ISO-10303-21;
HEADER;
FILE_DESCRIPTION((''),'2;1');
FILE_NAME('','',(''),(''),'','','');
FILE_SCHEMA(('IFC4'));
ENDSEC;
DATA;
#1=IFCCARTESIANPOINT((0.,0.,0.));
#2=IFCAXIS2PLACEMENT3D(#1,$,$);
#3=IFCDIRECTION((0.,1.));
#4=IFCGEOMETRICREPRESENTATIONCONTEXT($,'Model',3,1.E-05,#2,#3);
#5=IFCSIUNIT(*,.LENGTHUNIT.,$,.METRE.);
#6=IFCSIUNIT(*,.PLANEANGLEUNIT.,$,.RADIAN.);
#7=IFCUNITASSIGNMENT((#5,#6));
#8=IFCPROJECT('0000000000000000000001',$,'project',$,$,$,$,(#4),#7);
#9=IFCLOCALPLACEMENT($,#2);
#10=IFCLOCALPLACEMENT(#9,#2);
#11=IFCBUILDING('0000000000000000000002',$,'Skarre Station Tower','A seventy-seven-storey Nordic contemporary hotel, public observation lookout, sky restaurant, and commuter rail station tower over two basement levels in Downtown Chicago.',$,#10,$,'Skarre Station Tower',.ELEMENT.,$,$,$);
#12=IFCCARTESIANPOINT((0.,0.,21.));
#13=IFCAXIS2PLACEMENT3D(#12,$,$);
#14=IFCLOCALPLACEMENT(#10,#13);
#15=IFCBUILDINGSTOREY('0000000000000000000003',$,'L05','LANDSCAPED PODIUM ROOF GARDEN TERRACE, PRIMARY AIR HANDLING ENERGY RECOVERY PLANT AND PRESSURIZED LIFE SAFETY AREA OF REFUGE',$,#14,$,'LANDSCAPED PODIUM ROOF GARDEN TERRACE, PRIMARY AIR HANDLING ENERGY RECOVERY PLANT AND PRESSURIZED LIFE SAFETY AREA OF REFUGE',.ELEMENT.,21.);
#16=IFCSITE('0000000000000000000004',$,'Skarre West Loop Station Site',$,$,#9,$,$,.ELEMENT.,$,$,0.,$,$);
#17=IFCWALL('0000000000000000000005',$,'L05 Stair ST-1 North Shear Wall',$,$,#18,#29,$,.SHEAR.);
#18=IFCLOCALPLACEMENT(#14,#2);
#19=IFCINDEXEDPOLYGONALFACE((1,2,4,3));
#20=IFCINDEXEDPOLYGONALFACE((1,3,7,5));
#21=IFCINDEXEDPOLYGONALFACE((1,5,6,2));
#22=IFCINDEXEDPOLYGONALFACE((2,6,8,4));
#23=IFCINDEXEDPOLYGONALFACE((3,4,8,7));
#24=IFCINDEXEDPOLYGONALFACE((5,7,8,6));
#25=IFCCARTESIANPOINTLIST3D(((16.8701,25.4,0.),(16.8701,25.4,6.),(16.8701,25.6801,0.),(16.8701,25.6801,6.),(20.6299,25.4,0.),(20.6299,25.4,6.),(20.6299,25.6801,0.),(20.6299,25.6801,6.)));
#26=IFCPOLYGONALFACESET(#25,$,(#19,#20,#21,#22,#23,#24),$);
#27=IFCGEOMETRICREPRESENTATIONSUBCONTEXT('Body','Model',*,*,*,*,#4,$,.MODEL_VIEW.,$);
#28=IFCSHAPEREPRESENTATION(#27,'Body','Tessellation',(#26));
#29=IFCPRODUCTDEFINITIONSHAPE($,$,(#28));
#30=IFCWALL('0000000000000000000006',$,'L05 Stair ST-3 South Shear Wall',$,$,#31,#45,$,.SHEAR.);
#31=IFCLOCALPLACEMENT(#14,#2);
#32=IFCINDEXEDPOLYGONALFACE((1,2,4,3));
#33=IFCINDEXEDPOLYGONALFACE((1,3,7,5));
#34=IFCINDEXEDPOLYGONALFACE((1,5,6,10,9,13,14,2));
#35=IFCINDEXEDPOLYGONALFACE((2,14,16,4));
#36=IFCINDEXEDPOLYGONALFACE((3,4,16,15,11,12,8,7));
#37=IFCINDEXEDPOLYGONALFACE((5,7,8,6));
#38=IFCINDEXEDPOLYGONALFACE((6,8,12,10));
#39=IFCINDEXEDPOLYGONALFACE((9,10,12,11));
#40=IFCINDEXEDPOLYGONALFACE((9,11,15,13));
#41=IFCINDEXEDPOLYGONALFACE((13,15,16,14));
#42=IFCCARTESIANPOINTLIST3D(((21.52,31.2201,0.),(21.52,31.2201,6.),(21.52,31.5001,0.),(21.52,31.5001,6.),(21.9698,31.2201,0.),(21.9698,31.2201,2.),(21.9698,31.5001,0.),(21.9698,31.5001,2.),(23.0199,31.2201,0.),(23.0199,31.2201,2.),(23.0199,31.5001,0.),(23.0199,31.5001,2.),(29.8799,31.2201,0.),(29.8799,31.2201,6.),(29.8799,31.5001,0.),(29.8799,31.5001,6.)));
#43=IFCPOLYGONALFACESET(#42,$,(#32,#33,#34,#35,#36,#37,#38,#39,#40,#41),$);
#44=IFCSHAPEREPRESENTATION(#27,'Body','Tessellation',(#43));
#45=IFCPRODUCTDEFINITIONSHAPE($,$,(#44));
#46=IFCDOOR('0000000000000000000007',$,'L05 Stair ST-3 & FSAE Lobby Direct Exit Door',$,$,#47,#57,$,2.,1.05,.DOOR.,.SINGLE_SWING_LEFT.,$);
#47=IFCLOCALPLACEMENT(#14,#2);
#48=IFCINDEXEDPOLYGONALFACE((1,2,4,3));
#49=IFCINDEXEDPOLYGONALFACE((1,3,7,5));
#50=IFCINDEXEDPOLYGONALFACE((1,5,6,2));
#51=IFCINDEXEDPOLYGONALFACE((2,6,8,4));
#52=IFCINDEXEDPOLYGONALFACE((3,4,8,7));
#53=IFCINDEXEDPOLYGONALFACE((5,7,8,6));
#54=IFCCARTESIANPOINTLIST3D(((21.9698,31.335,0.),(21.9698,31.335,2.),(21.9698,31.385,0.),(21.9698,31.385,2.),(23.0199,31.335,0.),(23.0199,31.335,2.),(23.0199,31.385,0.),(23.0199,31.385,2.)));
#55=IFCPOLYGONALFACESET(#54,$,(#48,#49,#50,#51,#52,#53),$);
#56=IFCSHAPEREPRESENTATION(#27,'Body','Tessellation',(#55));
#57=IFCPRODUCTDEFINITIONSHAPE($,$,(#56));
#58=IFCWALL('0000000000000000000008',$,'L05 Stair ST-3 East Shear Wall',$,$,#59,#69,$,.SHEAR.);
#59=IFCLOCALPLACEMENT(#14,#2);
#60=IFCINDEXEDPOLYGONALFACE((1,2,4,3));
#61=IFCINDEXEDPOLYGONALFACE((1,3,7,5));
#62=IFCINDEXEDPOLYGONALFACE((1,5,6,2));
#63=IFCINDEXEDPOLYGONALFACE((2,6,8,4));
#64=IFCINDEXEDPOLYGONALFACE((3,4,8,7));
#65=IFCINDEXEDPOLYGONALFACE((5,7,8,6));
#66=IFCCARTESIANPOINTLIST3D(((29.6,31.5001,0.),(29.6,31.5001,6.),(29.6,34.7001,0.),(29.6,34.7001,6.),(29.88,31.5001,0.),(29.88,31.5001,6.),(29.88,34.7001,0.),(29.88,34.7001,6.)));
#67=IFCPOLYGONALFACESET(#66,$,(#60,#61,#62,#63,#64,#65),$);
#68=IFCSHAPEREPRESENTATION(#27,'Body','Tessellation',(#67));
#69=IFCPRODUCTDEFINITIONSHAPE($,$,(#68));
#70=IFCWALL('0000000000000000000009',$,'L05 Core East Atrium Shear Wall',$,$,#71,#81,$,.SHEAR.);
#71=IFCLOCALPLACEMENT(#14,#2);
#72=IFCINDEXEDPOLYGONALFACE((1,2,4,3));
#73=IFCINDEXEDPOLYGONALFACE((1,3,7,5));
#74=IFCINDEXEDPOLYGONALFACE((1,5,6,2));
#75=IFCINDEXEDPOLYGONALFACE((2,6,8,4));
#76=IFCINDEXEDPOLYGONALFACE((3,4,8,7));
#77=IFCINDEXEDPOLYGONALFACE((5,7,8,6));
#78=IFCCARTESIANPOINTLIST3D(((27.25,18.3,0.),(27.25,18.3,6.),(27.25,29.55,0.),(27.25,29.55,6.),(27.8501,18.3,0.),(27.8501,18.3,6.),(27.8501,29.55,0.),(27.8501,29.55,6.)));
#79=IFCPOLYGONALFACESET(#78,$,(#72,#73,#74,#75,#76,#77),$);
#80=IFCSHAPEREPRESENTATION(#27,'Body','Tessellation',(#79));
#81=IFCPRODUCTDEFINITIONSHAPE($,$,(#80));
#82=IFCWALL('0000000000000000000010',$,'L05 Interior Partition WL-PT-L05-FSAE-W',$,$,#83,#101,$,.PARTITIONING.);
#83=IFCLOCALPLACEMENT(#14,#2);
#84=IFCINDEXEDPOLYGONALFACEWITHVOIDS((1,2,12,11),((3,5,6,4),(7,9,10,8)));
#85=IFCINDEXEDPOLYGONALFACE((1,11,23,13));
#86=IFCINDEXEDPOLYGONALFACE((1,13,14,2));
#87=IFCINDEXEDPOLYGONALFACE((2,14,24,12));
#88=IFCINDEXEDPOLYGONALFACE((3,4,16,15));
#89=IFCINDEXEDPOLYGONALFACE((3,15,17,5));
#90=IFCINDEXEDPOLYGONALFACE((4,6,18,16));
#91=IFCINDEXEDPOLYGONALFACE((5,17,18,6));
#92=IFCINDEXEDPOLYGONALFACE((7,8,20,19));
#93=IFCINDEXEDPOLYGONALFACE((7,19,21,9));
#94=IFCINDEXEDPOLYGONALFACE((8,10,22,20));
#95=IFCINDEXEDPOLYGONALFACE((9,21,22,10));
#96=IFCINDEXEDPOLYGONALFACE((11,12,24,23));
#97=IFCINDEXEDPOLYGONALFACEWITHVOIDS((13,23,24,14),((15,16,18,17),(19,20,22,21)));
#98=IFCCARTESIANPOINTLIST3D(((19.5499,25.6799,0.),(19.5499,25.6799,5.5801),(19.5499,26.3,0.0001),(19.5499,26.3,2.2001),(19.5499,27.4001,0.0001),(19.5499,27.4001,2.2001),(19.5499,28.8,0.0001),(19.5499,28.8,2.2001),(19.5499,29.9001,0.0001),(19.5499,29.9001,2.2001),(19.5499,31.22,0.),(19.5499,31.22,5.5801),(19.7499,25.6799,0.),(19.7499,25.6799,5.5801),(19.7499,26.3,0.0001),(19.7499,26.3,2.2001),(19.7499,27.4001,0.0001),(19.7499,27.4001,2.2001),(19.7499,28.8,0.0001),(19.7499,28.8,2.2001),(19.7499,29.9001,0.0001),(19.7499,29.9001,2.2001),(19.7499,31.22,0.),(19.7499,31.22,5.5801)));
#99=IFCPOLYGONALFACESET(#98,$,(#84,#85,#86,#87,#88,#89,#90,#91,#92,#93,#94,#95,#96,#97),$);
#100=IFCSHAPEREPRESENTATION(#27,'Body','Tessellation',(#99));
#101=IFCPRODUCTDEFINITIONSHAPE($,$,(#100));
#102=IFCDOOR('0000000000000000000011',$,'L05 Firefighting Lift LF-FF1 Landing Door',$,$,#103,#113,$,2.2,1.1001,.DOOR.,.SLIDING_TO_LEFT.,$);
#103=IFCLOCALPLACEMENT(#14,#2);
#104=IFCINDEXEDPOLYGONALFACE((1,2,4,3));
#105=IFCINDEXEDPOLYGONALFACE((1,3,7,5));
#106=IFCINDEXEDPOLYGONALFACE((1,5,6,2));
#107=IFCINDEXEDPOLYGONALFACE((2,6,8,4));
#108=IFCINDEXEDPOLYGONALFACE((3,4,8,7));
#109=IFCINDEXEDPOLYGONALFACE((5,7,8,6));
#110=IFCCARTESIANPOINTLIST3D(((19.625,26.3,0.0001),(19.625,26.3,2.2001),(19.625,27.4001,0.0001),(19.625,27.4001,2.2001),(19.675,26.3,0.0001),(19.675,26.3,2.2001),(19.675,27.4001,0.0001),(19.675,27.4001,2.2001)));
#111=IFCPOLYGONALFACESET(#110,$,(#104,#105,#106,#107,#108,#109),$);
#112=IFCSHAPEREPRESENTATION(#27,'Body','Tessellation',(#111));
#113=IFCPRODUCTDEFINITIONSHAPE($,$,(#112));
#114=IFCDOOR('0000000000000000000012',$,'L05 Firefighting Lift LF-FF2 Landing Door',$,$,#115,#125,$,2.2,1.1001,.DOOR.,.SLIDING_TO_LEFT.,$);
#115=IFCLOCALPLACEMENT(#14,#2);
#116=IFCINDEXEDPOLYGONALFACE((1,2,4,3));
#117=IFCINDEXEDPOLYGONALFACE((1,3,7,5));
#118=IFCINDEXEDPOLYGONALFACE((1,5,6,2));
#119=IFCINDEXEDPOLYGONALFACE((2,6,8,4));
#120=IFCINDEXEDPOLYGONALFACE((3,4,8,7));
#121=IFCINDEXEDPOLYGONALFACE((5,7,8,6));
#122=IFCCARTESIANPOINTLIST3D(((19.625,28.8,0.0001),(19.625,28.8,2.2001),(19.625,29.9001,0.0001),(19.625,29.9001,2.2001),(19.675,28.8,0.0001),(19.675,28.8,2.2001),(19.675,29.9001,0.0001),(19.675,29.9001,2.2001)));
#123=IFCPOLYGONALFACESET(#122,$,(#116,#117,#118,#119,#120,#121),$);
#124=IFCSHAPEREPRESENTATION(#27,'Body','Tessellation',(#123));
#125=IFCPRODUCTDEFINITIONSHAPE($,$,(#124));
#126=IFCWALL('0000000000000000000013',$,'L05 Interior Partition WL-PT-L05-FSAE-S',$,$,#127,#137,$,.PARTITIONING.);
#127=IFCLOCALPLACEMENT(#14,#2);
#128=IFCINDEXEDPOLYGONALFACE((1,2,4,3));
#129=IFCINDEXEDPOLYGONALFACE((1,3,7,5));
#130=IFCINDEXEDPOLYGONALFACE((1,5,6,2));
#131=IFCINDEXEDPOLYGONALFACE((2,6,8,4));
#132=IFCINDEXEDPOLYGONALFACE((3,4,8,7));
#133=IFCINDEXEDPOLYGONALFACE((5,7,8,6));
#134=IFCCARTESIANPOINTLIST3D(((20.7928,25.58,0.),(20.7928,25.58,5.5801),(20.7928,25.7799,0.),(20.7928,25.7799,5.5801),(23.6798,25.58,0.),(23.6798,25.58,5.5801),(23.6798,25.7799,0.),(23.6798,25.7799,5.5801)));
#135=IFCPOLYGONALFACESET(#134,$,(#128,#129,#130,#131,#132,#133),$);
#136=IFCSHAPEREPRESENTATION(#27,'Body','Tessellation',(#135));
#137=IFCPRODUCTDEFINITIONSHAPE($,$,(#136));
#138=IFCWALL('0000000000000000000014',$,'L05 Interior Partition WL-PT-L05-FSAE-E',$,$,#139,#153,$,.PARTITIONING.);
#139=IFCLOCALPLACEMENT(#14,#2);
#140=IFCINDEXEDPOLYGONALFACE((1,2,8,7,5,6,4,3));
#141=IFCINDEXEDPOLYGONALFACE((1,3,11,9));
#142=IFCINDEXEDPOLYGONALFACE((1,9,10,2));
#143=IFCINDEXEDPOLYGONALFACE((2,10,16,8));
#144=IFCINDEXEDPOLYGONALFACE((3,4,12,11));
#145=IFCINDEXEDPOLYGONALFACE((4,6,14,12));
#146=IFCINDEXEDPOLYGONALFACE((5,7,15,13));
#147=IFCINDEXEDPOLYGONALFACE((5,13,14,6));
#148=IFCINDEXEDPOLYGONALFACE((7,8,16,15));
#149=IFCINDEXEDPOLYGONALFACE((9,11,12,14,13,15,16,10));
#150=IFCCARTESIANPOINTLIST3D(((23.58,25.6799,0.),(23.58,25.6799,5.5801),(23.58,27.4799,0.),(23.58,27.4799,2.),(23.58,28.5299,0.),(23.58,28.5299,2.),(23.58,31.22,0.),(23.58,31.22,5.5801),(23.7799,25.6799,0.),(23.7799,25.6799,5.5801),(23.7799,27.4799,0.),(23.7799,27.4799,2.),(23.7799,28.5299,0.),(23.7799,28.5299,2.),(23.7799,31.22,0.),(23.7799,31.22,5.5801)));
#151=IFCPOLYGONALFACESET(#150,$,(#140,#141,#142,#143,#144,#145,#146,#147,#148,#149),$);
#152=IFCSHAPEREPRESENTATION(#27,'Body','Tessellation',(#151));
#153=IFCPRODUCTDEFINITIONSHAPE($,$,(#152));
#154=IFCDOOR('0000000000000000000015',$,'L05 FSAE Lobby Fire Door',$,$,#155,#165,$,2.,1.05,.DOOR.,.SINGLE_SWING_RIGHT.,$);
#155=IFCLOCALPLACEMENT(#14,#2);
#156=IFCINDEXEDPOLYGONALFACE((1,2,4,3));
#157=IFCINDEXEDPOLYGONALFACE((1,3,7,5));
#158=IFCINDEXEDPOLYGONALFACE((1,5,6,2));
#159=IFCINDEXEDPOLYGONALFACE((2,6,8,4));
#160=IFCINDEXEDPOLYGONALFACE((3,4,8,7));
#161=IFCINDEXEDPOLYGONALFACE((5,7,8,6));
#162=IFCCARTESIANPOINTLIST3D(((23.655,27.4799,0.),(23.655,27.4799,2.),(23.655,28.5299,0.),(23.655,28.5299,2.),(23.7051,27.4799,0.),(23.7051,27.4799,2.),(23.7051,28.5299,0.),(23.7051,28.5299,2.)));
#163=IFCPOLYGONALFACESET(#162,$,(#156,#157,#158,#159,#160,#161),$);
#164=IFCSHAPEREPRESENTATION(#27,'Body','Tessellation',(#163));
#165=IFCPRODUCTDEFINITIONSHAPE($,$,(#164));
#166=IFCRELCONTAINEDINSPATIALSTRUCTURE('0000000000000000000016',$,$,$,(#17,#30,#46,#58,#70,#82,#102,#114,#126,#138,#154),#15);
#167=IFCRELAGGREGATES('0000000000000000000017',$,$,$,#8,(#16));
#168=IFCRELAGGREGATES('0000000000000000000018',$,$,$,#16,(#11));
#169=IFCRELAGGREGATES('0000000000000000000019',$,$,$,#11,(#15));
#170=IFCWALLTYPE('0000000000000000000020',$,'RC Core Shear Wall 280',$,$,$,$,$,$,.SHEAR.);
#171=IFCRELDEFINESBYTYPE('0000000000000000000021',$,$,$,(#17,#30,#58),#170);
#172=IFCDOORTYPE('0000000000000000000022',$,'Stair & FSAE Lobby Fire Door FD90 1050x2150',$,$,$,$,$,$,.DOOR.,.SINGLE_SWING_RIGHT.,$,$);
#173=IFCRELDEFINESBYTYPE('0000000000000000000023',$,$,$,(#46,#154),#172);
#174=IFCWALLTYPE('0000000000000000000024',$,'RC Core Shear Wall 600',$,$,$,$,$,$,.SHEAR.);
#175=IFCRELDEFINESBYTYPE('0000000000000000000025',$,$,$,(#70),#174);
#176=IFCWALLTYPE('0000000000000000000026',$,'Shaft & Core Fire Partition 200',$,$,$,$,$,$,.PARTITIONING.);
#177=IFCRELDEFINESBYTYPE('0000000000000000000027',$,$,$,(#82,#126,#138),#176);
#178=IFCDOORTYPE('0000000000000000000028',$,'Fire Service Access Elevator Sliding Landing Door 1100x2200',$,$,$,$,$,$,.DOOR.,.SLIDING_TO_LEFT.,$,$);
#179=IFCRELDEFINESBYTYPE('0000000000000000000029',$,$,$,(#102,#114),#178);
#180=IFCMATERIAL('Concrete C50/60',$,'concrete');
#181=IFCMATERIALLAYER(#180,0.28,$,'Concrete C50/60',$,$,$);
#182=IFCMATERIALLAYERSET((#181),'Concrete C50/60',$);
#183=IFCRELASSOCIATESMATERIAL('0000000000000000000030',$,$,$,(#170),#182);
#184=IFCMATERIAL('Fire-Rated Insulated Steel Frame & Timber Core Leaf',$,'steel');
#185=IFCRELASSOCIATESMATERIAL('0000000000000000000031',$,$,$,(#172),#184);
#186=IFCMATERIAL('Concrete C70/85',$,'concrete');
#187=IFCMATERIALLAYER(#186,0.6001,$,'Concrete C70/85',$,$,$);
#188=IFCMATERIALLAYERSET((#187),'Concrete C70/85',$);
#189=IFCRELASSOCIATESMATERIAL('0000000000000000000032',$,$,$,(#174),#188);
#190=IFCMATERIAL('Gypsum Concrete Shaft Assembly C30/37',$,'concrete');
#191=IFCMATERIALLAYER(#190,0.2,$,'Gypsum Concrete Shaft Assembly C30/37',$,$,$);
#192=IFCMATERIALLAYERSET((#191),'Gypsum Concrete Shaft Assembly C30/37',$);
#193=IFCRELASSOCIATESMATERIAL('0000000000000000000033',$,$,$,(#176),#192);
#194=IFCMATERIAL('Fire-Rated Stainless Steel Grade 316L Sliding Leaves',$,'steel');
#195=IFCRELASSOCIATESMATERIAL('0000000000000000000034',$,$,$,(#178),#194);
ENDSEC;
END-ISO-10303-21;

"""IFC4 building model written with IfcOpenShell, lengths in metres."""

from ifc_helpers import new_model, si_unit, direction, frame, frame_2d, origin, place, context, subcontext, project, spatial, rectangle, extrude, material, layer, layer_set, type_object, element, fill, save


model = new_model("IFC4")

# Units and contexts
model_context = context("Model", 3, precision=1e-05, world=origin(), true_north=direction((0.0, 1.0)))
body_context = subcontext(model_context, "Body", "Model", "MODEL_VIEW")
ifc_project = project(units=[si_unit("LENGTHUNIT", "METRE"), si_unit("PLANEANGLEUNIT", "RADIAN")], contexts=[model_context])

# Site, building, storey
site_placement = place(None, origin())
site = spatial("IfcSite", under=ifc_project, at=site_placement, Name="Skarre West Loop Station Site", CompositionType="ELEMENT", RefElevation=0.0)
building_placement = place(site_placement, origin())
building = spatial("IfcBuilding", under=site, at=building_placement, Name="Skarre Station Tower", Description="A seventy-seven-storey Nordic contemporary hotel, public observation lookout, sky restaurant, and commuter rail station tower over two basement levels in Downtown Chicago.", LongName="Skarre Station Tower", CompositionType="ELEMENT")
storey_placement = place(building_placement, frame((0.0, 0.0, 21.0)))
storey = spatial("IfcBuildingStorey", under=building, at=storey_placement, Name="L05", Description="LANDSCAPED PODIUM ROOF GARDEN TERRACE, PRIMARY AIR HANDLING ENERGY RECOVERY PLANT AND PRESSURIZED LIFE SAFETY AREA OF REFUGE", LongName="LANDSCAPED PODIUM ROOF GARDEN TERRACE, PRIMARY AIR HANDLING ENERGY RECOVERY PLANT AND PRESSURIZED LIFE SAFETY AREA OF REFUGE", CompositionType="ELEMENT", Elevation=21.0)

# Wall
ifc_material_1 = material(Name="Concrete C50/60", Category="concrete")
ifc_layer_1 = layer(ifc_material_1, 0.28, Name="Concrete C50/60")
ifc_layer_set_1 = layer_set([ifc_layer_1], Name="Concrete C50/60")
wall_type_1 = type_object("IfcWallType", Name="RC Core Shear Wall 280", PredefinedType="SHEAR", material=ifc_layer_set_1)
wall_1_placement = place(storey_placement, frame((20.6299, 25.54, 0.0), z_axis=(0.0, 0.0, 1.0), x_axis=(-1.0, 0.0, 0.0)))
element("IfcWall", 1, at=wall_1_placement, inside=storey, type_object=wall_type_1, Name="L05 Stair ST-1 North Shear Wall", PredefinedType="SHEAR", context=body_context, shape_type="SweptSolid", body=[
    extrude(rectangle(XDim=3.7598, YDim=0.28, at=frame_2d((1.8799, 0.0))), origin(), (0.0, 0.0, 1.0), 6.0),
])

# Wall, opening, door
wall_2_placement = place(storey_placement, frame((21.52, 31.3601, 0.0), z_axis=(0.0, 0.0, 1.0), x_axis=(1.0, 0.0, 0.0)))
wall_2 = element("IfcWall", 2, at=wall_2_placement, inside=storey, type_object=wall_type_1, Name="L05 Stair ST-3 South Shear Wall", PredefinedType="SHEAR", context=body_context, shape_type="SweptSolid", body=[
    extrude(rectangle(XDim=8.3599, YDim=0.28, at=frame_2d((4.1799, 0.0))), origin(), (0.0, 0.0, 1.0), 6.0),
])
opening_1_placement = place(wall_2_placement, frame((0.45, 0.0, 0.0)))
opening_1 = element("IfcOpeningElement", 3, at=opening_1_placement, cuts=wall_2, PredefinedType="OPENING", context=body_context, shape_type="SweptSolid", body=[
    extrude(rectangle(XDim=1.05, YDim=2.0, at=frame_2d((0.5249, 1.0))), frame((0.0, 0.1499, 0.0), z_axis=(0.0, -1.0, 0.0), x_axis=(1.0, 0.0, 0.0)), (0.0, 0.0, 1.0), 0.3),
])
ifc_material_2 = material(Name="Fire-Rated Insulated Steel Frame & Timber Core Leaf", Category="steel")
door_type_1 = type_object("IfcDoorType", Name="Stair & FSAE Lobby Fire Door FD90 1050x2150", OperationType="SINGLE_SWING_RIGHT", PredefinedType="DOOR", material=ifc_material_2)
door_1_placement = place(opening_1_placement, origin())
door_1 = element("IfcDoor", 4, at=door_1_placement, inside=storey, type_object=door_type_1, Name="L05 Stair ST-3 & FSAE Lobby Direct Exit Door", OperationType="SINGLE_SWING_LEFT", OverallHeight=2.0, OverallWidth=1.05, PredefinedType="DOOR", context=body_context, shape_type="SweptSolid", body=[
    extrude(rectangle(XDim=1.05, YDim=2.0, at=frame_2d((0.5249, 1.0))), frame((0.0, 0.0249, 0.0), z_axis=(0.0, -1.0, 0.0), x_axis=(1.0, 0.0, 0.0)), (0.0, 0.0, 1.0), 0.05),
])
fill(opening_1, door_1)

# Walls
wall_3_placement = place(storey_placement, frame((29.74, 31.5, 0.0), z_axis=(0.0, 0.0, 1.0), x_axis=(0.0, 1.0, 0.0)))
element("IfcWall", 5, at=wall_3_placement, inside=storey, type_object=wall_type_1, Name="L05 Stair ST-3 East Shear Wall", PredefinedType="SHEAR", context=body_context, shape_type="SweptSolid", body=[
    extrude(rectangle(XDim=3.2, YDim=0.28, at=frame_2d((1.6001, 0.0))), origin(), (0.0, 0.0, 1.0), 6.0),
])
ifc_material_3 = material(Name="Concrete C70/85", Category="concrete")
ifc_layer_2 = layer(ifc_material_3, 0.6001, Name="Concrete C70/85")
ifc_layer_set_2 = layer_set([ifc_layer_2], Name="Concrete C70/85")
wall_type_2 = type_object("IfcWallType", Name="RC Core Shear Wall 600", PredefinedType="SHEAR", material=ifc_layer_set_2)
wall_4_placement = place(storey_placement, frame((27.55, 29.55, 0.0), z_axis=(0.0, 0.0, 1.0), x_axis=(0.0, -1.0, 0.0)))
element("IfcWall", 6, at=wall_4_placement, inside=storey, type_object=wall_type_2, Name="L05 Core East Atrium Shear Wall", PredefinedType="SHEAR", context=body_context, shape_type="SweptSolid", body=[
    extrude(rectangle(XDim=11.25, YDim=0.6001, at=frame_2d((5.625, 0.0))), origin(), (0.0, 0.0, 1.0), 6.0),
])

# Wall, openings, doors
ifc_material_4 = material(Name="Gypsum Concrete Shaft Assembly C30/37", Category="concrete")
ifc_layer_3 = layer(ifc_material_4, 0.2, Name="Gypsum Concrete Shaft Assembly C30/37")
ifc_layer_set_3 = layer_set([ifc_layer_3], Name="Gypsum Concrete Shaft Assembly C30/37")
wall_type_3 = type_object("IfcWallType", Name="Shaft & Core Fire Partition 200", PredefinedType="PARTITIONING", material=ifc_layer_set_3)
wall_5_placement = place(storey_placement, frame((19.6499, 25.6799, 0.0), z_axis=(0.0, 0.0, 1.0), x_axis=(0.0, 1.0, 0.0)))
wall_5 = element("IfcWall", 7, at=wall_5_placement, inside=storey, type_object=wall_type_3, Name="L05 Interior Partition WL-PT-L05-FSAE-W", PredefinedType="PARTITIONING", context=body_context, shape_type="SweptSolid", body=[
    extrude(rectangle(XDim=5.54, YDim=0.2, at=frame_2d((2.77, 0.0))), origin(), (0.0, 0.0, 1.0), 5.5801),
])
opening_2_placement = place(wall_5_placement, frame((0.6201, 0.0, 0.0)))
opening_2 = element("IfcOpeningElement", 8, at=opening_2_placement, cuts=wall_5, PredefinedType="OPENING", context=body_context, shape_type="SweptSolid", body=[
    extrude(rectangle(XDim=1.1001, YDim=2.2, at=frame_2d((0.55, 1.1001))), frame((0.0, 0.1099, 0.0), z_axis=(0.0, -1.0, 0.0), x_axis=(1.0, 0.0, 0.0)), (0.0, 0.0, 1.0), 0.22),
])
opening_3_placement = place(wall_5_placement, frame((3.1201, 0.0, 0.0)))
opening_3 = element("IfcOpeningElement", 9, at=opening_3_placement, cuts=wall_5, PredefinedType="OPENING", context=body_context, shape_type="SweptSolid", body=[
    extrude(rectangle(XDim=1.1001, YDim=2.2, at=frame_2d((0.55, 1.1001))), frame((0.0, 0.1099, 0.0), z_axis=(0.0, -1.0, 0.0), x_axis=(1.0, 0.0, 0.0)), (0.0, 0.0, 1.0), 0.22),
])
ifc_material_5 = material(Name="Fire-Rated Stainless Steel Grade 316L Sliding Leaves", Category="steel")
door_type_2 = type_object("IfcDoorType", Name="Fire Service Access Elevator Sliding Landing Door 1100x2200", OperationType="SLIDING_TO_LEFT", PredefinedType="DOOR", material=ifc_material_5)
door_2_placement = place(opening_2_placement, origin())
door_2 = element("IfcDoor", 10, at=door_2_placement, inside=storey, type_object=door_type_2, Name="L05 Firefighting Lift LF-FF1 Landing Door", OperationType="SLIDING_TO_LEFT", OverallHeight=2.2, OverallWidth=1.1001, PredefinedType="DOOR", context=body_context, shape_type="SweptSolid", body=[
    extrude(rectangle(XDim=1.1001, YDim=2.2, at=frame_2d((0.55, 1.1001))), frame((0.0, 0.0249, 0.0), z_axis=(0.0, -1.0, 0.0), x_axis=(1.0, 0.0, 0.0)), (0.0, 0.0, 1.0), 0.05),
])
fill(opening_2, door_2)
door_3_placement = place(opening_3_placement, origin())
door_3 = element("IfcDoor", 11, at=door_3_placement, inside=storey, type_object=door_type_2, Name="L05 Firefighting Lift LF-FF2 Landing Door", OperationType="SLIDING_TO_LEFT", OverallHeight=2.2, OverallWidth=1.1001, PredefinedType="DOOR", context=body_context, shape_type="SweptSolid", body=[
    extrude(rectangle(XDim=1.1001, YDim=2.2, at=frame_2d((0.55, 1.1001))), frame((0.0, 0.0249, 0.0), z_axis=(0.0, -1.0, 0.0), x_axis=(1.0, 0.0, 0.0)), (0.0, 0.0, 1.0), 0.05),
])
fill(opening_3, door_3)

# Wall
wall_6_placement = place(storey_placement, frame((20.793, 25.6799, 0.0), z_axis=(0.0, 0.0, 1.0), x_axis=(1.0, 0.0, 0.0)))
element("IfcWall", 12, at=wall_6_placement, inside=storey, type_object=wall_type_3, Name="L05 Interior Partition WL-PT-L05-FSAE-S", PredefinedType="PARTITIONING", context=body_context, shape_type="SweptSolid", body=[
    extrude(rectangle(XDim=2.887, YDim=0.2, at=frame_2d((1.4434, 0.0))), origin(), (0.0, 0.0, 1.0), 5.5801),
])

# Wall, opening, door
wall_7_placement = place(storey_placement, frame((23.6799, 25.6799, 0.0), z_axis=(0.0, 0.0, 1.0), x_axis=(0.0, 1.0, 0.0)))
wall_7 = element("IfcWall", 13, at=wall_7_placement, inside=storey, type_object=wall_type_3, Name="L05 Interior Partition WL-PT-L05-FSAE-E", PredefinedType="PARTITIONING", context=body_context, shape_type="SweptSolid", body=[
    extrude(rectangle(XDim=5.54, YDim=0.2, at=frame_2d((2.77, 0.0))), origin(), (0.0, 0.0, 1.0), 5.5801),
])
opening_4_placement = place(wall_7_placement, frame((1.8, 0.0, 0.0)))
opening_4 = element("IfcOpeningElement", 14, at=opening_4_placement, cuts=wall_7, PredefinedType="OPENING", context=body_context, shape_type="SweptSolid", body=[
    extrude(rectangle(XDim=1.05, YDim=2.0, at=frame_2d((0.5249, 1.0))), frame((0.0, 0.1099, 0.0), z_axis=(0.0, -1.0, 0.0), x_axis=(1.0, 0.0, 0.0)), (0.0, 0.0, 1.0), 0.22),
])
door_4_placement = place(opening_4_placement, origin())
door_4 = element("IfcDoor", 15, at=door_4_placement, inside=storey, type_object=door_type_1, Name="L05 FSAE Lobby Fire Door", OperationType="SINGLE_SWING_RIGHT", OverallHeight=2.0, OverallWidth=1.05, PredefinedType="DOOR", context=body_context, shape_type="SweptSolid", body=[
    extrude(rectangle(XDim=1.05, YDim=2.0, at=frame_2d((0.5249, 1.0))), frame((0.0, 0.0249, 0.0), z_axis=(0.0, -1.0, 0.0), x_axis=(1.0, 0.0, 0.0)), (0.0, 0.0, 1.0), 0.05),
])
fill(opening_4, door_4)

save(model, "model.ifc")
